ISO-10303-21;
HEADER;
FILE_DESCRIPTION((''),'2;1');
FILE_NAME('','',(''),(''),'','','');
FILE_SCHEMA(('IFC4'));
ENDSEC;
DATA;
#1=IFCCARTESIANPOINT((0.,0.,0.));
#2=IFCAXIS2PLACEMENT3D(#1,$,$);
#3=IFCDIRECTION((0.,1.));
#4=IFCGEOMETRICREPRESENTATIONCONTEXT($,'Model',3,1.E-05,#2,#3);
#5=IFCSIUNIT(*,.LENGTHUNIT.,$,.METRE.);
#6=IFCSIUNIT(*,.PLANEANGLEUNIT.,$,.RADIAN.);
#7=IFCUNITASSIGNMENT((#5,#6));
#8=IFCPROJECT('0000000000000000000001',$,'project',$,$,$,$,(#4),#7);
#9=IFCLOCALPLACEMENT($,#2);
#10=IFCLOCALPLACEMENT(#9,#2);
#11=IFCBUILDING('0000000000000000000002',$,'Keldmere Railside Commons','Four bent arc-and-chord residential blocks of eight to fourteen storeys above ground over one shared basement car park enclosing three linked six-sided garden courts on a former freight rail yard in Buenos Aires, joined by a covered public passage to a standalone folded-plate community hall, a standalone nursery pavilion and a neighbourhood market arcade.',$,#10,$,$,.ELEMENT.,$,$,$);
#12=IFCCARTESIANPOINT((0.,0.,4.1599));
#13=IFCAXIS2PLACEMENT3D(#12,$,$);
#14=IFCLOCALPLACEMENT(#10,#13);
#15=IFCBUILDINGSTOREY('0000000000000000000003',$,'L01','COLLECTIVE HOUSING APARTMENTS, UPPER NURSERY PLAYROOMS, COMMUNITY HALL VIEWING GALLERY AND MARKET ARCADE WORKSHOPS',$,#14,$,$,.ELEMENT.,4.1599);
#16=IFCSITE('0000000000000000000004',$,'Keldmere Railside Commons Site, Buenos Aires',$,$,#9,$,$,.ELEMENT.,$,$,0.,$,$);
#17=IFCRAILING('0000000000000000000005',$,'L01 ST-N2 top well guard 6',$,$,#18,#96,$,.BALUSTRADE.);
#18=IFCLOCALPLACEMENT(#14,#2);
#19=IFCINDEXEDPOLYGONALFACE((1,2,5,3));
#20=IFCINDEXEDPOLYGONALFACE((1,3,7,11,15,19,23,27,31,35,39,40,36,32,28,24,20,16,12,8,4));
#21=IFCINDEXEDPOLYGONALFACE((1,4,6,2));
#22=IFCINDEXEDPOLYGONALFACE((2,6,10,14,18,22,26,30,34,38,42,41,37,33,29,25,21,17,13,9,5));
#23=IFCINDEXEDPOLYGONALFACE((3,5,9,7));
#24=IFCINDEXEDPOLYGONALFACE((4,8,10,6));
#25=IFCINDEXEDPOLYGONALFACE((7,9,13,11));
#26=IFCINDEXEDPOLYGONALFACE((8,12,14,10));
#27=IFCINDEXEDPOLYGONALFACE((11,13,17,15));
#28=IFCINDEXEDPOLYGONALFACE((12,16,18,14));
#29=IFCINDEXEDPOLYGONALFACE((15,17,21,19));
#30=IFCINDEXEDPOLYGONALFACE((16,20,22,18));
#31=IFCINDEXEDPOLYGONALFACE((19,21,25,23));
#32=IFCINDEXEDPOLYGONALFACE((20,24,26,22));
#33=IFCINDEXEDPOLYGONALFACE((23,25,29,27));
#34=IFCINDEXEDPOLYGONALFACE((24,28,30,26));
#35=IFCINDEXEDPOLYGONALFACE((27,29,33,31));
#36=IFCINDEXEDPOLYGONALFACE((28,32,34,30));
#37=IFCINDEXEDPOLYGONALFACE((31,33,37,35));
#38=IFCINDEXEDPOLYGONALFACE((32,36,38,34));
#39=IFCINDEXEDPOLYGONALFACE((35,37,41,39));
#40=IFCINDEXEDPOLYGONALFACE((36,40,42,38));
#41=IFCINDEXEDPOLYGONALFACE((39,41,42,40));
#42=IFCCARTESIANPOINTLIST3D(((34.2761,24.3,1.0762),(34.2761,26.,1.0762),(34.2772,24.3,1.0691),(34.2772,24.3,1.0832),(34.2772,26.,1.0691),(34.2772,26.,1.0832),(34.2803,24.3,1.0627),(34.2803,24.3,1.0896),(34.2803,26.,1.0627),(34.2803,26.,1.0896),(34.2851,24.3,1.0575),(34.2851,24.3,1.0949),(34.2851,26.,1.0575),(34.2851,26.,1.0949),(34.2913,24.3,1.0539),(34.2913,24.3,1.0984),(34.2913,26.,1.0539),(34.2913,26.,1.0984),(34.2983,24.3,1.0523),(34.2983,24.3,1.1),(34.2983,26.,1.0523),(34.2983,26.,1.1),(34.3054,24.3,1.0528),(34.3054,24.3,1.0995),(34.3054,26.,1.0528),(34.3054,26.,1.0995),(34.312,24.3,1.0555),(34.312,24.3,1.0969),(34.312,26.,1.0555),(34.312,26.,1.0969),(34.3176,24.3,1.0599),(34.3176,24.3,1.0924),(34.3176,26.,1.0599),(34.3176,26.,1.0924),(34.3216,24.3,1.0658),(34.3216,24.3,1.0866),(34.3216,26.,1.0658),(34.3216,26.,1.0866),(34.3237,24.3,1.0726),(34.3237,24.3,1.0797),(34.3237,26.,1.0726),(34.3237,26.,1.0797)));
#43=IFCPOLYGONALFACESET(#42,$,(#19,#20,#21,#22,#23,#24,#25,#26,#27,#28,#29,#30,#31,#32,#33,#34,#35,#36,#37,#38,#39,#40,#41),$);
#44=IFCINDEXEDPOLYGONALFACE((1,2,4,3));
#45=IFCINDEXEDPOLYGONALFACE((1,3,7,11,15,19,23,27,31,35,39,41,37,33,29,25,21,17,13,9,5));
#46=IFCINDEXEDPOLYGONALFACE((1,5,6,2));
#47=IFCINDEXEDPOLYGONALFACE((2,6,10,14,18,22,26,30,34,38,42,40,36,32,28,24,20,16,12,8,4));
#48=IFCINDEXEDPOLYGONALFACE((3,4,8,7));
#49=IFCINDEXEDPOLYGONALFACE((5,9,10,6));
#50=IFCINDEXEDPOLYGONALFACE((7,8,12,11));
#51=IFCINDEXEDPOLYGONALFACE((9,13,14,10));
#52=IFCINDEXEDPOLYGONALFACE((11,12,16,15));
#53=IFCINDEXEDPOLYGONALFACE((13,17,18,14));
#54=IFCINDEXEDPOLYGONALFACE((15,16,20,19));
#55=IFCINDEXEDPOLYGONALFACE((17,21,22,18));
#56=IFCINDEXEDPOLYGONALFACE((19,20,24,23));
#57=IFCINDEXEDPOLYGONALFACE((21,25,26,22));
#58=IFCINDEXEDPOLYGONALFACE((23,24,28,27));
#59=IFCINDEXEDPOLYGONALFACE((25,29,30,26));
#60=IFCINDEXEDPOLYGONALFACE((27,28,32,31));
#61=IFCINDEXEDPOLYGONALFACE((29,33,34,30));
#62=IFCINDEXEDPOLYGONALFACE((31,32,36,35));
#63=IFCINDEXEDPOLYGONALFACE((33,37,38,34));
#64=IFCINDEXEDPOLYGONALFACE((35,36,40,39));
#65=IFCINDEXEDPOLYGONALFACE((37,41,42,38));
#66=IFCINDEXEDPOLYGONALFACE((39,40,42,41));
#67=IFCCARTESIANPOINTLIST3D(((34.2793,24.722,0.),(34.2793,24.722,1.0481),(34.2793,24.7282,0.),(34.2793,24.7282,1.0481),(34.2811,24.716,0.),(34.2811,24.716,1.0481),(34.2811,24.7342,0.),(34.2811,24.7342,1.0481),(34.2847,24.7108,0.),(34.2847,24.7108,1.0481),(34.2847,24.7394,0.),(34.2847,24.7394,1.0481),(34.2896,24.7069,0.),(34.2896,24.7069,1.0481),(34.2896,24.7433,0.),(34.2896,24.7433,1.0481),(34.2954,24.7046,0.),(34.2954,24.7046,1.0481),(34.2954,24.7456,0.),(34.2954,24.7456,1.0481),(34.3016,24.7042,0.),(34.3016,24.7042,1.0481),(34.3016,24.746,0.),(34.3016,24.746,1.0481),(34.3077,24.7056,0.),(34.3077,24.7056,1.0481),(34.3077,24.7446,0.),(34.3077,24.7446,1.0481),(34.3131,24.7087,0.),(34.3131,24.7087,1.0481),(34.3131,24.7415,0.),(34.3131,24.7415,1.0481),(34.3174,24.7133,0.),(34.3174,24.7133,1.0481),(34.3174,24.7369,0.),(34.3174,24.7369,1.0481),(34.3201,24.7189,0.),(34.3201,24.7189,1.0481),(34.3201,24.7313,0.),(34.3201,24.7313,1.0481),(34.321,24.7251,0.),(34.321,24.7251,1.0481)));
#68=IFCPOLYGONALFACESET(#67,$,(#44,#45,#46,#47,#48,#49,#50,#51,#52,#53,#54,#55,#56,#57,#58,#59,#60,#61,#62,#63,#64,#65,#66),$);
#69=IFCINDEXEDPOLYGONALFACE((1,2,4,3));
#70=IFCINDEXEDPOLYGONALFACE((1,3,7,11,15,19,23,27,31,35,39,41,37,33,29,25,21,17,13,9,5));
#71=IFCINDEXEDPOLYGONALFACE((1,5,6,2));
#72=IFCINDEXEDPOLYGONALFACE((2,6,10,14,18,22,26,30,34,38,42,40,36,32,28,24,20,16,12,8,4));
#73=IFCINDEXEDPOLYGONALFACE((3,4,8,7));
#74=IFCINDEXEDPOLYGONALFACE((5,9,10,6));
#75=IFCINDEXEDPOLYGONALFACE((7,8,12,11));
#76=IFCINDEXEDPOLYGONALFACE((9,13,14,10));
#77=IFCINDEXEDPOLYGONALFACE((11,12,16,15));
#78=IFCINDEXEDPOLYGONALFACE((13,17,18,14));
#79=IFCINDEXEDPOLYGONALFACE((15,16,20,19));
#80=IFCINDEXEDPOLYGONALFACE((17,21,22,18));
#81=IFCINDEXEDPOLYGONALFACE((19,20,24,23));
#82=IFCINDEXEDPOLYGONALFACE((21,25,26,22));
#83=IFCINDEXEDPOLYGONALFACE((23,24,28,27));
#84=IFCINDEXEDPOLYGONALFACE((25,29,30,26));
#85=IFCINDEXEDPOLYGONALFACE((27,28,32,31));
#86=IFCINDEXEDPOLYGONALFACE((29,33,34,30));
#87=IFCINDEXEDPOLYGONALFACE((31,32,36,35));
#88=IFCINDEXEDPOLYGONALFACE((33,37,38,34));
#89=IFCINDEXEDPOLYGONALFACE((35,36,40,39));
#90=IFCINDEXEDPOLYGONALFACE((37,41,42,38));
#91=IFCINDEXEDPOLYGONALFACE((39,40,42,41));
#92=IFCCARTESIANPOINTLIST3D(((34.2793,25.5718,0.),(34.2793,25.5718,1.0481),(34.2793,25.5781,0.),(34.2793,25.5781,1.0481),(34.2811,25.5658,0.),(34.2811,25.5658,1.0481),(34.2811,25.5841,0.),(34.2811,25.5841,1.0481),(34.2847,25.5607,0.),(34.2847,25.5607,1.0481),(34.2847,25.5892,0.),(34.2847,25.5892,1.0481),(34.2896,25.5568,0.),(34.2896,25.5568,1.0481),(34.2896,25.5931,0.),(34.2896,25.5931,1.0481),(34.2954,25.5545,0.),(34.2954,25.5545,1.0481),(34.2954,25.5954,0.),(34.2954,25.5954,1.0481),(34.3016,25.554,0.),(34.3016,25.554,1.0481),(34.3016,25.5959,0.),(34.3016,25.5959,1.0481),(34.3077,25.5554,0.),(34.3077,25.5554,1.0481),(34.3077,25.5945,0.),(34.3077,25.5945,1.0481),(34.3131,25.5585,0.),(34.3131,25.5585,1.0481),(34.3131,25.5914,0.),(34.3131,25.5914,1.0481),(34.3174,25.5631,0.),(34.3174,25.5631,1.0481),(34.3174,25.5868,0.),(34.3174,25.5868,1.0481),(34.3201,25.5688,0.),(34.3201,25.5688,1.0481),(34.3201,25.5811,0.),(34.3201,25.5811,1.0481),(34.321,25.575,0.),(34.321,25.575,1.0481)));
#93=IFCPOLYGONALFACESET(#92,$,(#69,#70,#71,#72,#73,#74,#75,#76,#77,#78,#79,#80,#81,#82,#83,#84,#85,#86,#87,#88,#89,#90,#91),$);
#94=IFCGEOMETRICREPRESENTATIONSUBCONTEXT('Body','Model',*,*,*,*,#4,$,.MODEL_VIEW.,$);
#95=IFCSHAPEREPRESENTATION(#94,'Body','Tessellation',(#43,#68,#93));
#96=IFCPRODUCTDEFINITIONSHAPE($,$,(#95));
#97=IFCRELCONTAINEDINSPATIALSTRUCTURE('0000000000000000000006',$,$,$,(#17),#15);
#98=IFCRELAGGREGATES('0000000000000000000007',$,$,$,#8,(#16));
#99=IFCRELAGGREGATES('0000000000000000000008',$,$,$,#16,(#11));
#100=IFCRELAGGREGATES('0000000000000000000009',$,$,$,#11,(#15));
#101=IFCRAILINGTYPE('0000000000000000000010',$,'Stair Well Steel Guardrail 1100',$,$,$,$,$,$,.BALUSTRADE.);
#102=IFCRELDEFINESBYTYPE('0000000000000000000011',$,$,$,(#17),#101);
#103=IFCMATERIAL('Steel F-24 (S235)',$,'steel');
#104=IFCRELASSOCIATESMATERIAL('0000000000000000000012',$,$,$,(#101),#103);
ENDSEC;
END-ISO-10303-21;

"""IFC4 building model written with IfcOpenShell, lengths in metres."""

from ifc_helpers import new_model, si_unit, direction, frame, origin, origin_2d, place, context, subcontext, project, spatial, circle, extrude, material, type_object, element, save


model = new_model("IFC4")

# Units and contexts
model_context = context("Model", 3, precision=1e-05, world=origin(), true_north=direction((0.0, 1.0)))
body_context = subcontext(model_context, "Body", "Model", "MODEL_VIEW")
ifc_project = project(units=[si_unit("LENGTHUNIT", "METRE"), si_unit("PLANEANGLEUNIT", "RADIAN")], contexts=[model_context])

# Site, building, storey
site_placement = place(None, origin())
site = spatial("IfcSite", under=ifc_project, at=site_placement, Name="Keldmere Railside Commons Site, Buenos Aires", CompositionType="ELEMENT", RefElevation=0.0)
building_placement = place(site_placement, origin())
building = spatial("IfcBuilding", under=site, at=building_placement, Name="Keldmere Railside Commons", Description="Four bent arc-and-chord residential blocks of eight to fourteen storeys above ground over one shared basement car park enclosing three linked six-sided garden courts on a former freight rail yard in Buenos Aires, joined by a covered public passage to a standalone folded-plate community hall, a standalone nursery pavilion and a neighbourhood market arcade.", CompositionType="ELEMENT")
storey_placement = place(building_placement, frame((0.0, 0.0, 4.1599)))
storey = spatial("IfcBuildingStorey", under=building, at=storey_placement, Name="L01", Description="COLLECTIVE HOUSING APARTMENTS, UPPER NURSERY PLAYROOMS, COMMUNITY HALL VIEWING GALLERY AND MARKET ARCADE WORKSHOPS", CompositionType="ELEMENT", Elevation=4.1599)

# Shared definitions
ifc_material_1 = material(Name="Steel F-24 (S235)", Category="steel")

# Railing
railing_type = type_object("IfcRailingType", Name="Stair Well Steel Guardrail 1100", PredefinedType="BALUSTRADE", material=ifc_material_1)
for number, where, name in (
    (1, (34.3, 24.3, 0.0), "L01 ST-N2 top well guard 6"),
):
    element("IfcRailing", number, at=place(storey_placement, frame(where)), inside=storey, type_object=railing_type, Name=name, PredefinedType="BALUSTRADE", context=body_context, shape_type="SweptSolid", body=[
        extrude(circle(Radius=0.0239, at=origin_2d()), frame((0.0, 0.0, 1.0762), z_axis=(0.0, 1.0, 0.0), x_axis=(-1.0, 0.0, 0.0)), (0.0, 0.0, 1.0), 1.7),
        extrude(circle(Radius=0.021, at=origin_2d()), frame((0.0, 0.425, 0.0)), (0.0, 0.0, 1.0), 1.0481),
        extrude(circle(Radius=0.021, at=origin_2d()), frame((0.0, 1.2749, 0.0)), (0.0, 0.0, 1.0), 1.0481),
    ])

save(model, "model.ifc")
